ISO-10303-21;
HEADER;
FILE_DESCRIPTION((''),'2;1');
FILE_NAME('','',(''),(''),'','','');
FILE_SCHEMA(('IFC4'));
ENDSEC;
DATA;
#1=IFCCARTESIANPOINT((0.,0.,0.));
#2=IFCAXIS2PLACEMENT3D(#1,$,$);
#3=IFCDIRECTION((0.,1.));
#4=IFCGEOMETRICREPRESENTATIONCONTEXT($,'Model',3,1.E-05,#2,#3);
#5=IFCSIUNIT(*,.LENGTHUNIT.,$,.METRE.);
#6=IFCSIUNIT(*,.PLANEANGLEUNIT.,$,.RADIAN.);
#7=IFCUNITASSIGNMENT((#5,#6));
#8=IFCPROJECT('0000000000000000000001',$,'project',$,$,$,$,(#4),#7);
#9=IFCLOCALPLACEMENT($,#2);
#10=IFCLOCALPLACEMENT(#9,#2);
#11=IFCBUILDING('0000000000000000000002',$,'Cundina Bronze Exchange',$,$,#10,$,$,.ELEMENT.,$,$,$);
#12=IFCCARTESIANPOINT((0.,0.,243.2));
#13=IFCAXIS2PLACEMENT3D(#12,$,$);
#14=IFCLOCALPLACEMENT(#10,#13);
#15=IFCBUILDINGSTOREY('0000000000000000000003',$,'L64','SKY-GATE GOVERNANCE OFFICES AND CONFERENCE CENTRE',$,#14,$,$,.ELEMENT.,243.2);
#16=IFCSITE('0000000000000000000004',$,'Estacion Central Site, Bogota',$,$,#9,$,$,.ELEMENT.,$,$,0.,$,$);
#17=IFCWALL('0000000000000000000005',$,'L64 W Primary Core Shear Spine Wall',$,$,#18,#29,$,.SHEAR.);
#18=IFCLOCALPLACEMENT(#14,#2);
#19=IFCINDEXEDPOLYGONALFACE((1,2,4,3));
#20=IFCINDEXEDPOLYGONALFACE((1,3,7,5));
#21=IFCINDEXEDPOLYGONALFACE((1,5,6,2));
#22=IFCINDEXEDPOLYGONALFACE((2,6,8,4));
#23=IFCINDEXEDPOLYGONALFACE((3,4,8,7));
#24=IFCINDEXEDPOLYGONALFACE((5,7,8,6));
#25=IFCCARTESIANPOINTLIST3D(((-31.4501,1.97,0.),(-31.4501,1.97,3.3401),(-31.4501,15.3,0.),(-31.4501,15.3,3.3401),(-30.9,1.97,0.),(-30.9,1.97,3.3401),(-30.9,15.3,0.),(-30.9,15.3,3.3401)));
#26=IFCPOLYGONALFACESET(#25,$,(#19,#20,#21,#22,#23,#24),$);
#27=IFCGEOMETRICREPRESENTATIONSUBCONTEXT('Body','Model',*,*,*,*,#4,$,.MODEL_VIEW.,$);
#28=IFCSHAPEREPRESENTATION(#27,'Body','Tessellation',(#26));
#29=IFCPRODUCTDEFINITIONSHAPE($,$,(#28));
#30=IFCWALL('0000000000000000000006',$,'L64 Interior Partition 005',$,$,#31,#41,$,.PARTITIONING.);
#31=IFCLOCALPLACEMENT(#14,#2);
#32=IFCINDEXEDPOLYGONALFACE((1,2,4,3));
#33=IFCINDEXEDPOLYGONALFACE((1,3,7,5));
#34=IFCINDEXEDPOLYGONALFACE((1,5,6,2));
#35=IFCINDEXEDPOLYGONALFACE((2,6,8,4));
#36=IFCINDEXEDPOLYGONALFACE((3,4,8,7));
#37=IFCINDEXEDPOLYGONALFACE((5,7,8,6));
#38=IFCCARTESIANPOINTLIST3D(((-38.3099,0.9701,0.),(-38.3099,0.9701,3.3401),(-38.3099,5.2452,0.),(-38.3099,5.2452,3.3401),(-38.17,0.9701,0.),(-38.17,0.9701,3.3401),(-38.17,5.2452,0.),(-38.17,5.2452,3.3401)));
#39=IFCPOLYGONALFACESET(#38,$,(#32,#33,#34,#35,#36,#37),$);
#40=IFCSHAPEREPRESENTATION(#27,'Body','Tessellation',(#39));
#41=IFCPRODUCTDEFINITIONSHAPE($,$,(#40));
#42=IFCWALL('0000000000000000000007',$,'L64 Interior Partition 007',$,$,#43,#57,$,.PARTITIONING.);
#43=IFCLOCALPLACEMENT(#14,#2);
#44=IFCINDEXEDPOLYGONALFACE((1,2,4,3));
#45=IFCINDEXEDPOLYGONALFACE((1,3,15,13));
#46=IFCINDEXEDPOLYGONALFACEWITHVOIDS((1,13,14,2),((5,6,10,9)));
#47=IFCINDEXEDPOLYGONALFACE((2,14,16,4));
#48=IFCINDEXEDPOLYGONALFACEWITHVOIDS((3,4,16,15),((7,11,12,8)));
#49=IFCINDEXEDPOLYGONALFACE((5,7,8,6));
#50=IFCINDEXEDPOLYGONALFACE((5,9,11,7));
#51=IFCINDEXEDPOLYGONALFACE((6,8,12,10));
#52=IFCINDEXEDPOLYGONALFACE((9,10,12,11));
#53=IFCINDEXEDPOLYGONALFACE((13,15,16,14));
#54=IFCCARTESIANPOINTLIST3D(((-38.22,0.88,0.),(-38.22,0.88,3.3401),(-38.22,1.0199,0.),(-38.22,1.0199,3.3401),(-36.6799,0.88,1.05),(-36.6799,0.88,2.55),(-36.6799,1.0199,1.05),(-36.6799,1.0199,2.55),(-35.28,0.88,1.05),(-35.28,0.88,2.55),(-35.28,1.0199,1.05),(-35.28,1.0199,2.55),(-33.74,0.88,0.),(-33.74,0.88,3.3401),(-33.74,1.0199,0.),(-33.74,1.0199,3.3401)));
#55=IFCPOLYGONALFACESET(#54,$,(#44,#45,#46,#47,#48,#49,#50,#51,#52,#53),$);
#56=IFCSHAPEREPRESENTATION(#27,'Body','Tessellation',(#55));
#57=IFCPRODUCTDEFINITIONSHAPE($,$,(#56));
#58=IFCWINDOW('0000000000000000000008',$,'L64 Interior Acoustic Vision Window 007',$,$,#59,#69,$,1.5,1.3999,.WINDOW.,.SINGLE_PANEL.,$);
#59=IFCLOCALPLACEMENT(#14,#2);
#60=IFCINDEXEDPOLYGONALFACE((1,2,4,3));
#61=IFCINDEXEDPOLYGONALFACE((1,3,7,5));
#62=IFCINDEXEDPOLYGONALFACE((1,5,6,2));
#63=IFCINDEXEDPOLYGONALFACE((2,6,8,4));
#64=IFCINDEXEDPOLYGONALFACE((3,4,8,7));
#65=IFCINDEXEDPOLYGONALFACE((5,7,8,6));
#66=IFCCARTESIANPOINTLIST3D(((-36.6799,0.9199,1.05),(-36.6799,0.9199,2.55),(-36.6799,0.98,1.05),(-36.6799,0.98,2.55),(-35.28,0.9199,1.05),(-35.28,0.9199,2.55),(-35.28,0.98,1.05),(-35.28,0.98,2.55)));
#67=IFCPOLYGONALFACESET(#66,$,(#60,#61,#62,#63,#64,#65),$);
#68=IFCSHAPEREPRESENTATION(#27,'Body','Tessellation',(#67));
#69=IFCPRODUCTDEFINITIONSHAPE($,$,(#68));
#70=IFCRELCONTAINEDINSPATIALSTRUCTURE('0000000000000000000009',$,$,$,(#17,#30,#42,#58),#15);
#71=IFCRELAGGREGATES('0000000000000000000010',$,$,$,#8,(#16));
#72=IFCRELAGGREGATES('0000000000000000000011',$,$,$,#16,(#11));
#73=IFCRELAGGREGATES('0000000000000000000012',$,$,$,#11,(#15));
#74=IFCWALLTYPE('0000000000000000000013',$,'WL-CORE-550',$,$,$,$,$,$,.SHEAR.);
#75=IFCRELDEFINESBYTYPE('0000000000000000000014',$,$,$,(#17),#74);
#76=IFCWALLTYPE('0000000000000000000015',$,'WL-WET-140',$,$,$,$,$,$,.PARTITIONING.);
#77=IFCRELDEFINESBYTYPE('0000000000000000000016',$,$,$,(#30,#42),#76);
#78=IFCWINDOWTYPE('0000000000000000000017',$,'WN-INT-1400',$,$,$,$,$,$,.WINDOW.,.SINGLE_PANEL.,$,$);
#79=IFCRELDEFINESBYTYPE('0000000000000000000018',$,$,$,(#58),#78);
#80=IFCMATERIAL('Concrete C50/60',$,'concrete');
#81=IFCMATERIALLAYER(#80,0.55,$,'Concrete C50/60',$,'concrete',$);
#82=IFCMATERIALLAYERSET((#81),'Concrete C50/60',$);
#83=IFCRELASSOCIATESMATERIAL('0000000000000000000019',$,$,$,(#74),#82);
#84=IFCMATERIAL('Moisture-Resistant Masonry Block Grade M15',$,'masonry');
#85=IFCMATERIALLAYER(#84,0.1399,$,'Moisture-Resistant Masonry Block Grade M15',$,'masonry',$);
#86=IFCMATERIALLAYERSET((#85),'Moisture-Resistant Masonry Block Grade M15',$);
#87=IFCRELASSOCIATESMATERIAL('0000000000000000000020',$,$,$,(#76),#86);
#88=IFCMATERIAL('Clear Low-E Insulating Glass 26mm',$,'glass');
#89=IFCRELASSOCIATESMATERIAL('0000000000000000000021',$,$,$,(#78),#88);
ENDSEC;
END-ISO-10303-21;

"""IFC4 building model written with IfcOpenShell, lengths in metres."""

from ifc_helpers import new_model, si_unit, direction, frame, frame_2d, origin, place, context, subcontext, project, spatial, rectangle, extrude, material, layer, layer_set, type_object, element, fill, save


model = new_model("IFC4")

# Units and contexts
model_context = context("Model", 3, precision=1e-05, world=origin(), true_north=direction((0.0, 1.0)))
body_context = subcontext(model_context, "Body", "Model", "MODEL_VIEW")
ifc_project = project(units=[si_unit("LENGTHUNIT", "METRE"), si_unit("PLANEANGLEUNIT", "RADIAN")], contexts=[model_context])

# Site, building, storey
site_placement = place(None, origin())
site = spatial("IfcSite", under=ifc_project, at=site_placement, Name="Estacion Central Site, Bogota", CompositionType="ELEMENT", RefElevation=0.0)
building_placement = place(site_placement, origin())
building = spatial("IfcBuilding", under=site, at=building_placement, Name="Cundina Bronze Exchange", CompositionType="ELEMENT")
storey_placement = place(building_placement, frame((0.0, 0.0, 243.2)))
storey = spatial("IfcBuildingStorey", under=building, at=storey_placement, Name="L64", Description="SKY-GATE GOVERNANCE OFFICES AND CONFERENCE CENTRE", CompositionType="ELEMENT", Elevation=243.2)

# Shared definitions
ifc_material_1 = material(Name="Concrete C50/60", Category="concrete")

# Walls
ifc_layer_1 = layer(ifc_material_1, 0.55, Name="Concrete C50/60", Category="concrete")
ifc_layer_set_1 = layer_set([ifc_layer_1], Name="Concrete C50/60")
wall_type_1 = type_object("IfcWallType", Name="WL-CORE-550", PredefinedType="SHEAR", material=ifc_layer_set_1)
wall_1_placement = place(storey_placement, frame((-31.175, 1.97, 0.0), z_axis=(0.0, 0.0, 1.0), x_axis=(0.0, 1.0, 0.0)))
element("IfcWall", 1, at=wall_1_placement, inside=storey, type_object=wall_type_1, Name="L64 W Primary Core Shear Spine Wall", PredefinedType="SHEAR", context=body_context, shape_type="SweptSolid", body=[
    extrude(rectangle(XDim=13.3301, YDim=0.55, at=frame_2d((6.665, 0.0))), origin(), (0.0, 0.0, 1.0), 3.3401),
])
ifc_material_2 = material(Name="Moisture-Resistant Masonry Block Grade M15", Category="masonry")
ifc_layer_2 = layer(ifc_material_2, 0.1399, Name="Moisture-Resistant Masonry Block Grade M15", Category="masonry")
ifc_layer_set_2 = layer_set([ifc_layer_2], Name="Moisture-Resistant Masonry Block Grade M15")
wall_type_2 = type_object("IfcWallType", Name="WL-WET-140", PredefinedType="PARTITIONING", material=ifc_layer_set_2)
wall_2_placement = place(storey_placement, frame((-38.24, 0.97, 0.0), z_axis=(0.0, 0.0, 1.0), x_axis=(0.0, 1.0, 0.0)))
element("IfcWall", 2, at=wall_2_placement, inside=storey, type_object=wall_type_2, Name="L64 Interior Partition 005", PredefinedType="PARTITIONING", context=body_context, shape_type="SweptSolid", body=[
    extrude(rectangle(XDim=4.2751, YDim=0.1399, at=frame_2d((2.1377, 0.0))), origin(), (0.0, 0.0, 1.0), 3.3401),
])

# Wall, opening, window
wall_3_placement = place(storey_placement, frame((-38.22, 0.95, 0.0), z_axis=(0.0, 0.0, 1.0), x_axis=(1.0, 0.0, 0.0)))
wall_3 = element("IfcWall", 3, at=wall_3_placement, inside=storey, type_object=wall_type_2, Name="L64 Interior Partition 007", PredefinedType="PARTITIONING", context=body_context, shape_type="SweptSolid", body=[
    extrude(rectangle(XDim=4.48, YDim=0.1399, at=frame_2d((2.24, 0.0))), origin(), (0.0, 0.0, 1.0), 3.3401),
])
opening_1_placement = place(wall_3_placement, frame((1.54, 0.0, 1.05)))
opening_1 = element("IfcOpeningElement", 4, at=opening_1_placement, cuts=wall_3, PredefinedType="OPENING", context=body_context, shape_type="SweptSolid", body=[
    extrude(rectangle(XDim=1.3999, YDim=1.5, at=frame_2d((0.7, 0.75))), frame((0.0, 0.0798, 0.0), z_axis=(0.0, -1.0, 0.0), x_axis=(1.0, 0.0, 0.0)), (0.0, 0.0, 1.0), 0.1599),
])
ifc_material_3 = material(Name="Clear Low-E Insulating Glass 26mm", Category="glass")
window_type = type_object("IfcWindowType", Name="WN-INT-1400", PartitioningType="SINGLE_PANEL", PredefinedType="WINDOW", material=ifc_material_3)
window_placement = place(opening_1_placement, origin())
window = element("IfcWindow", 5, at=window_placement, inside=storey, type_object=window_type, Name="L64 Interior Acoustic Vision Window 007", OverallHeight=1.5, OverallWidth=1.3999, PartitioningType="SINGLE_PANEL", PredefinedType="WINDOW", context=body_context, shape_type="SweptSolid", body=[
    extrude(rectangle(XDim=1.3999, YDim=1.5, at=frame_2d((0.7, 0.75))), frame((0.0, 0.03, 0.0), z_axis=(0.0, -1.0, 0.0), x_axis=(1.0, 0.0, 0.0)), (0.0, 0.0, 1.0), 0.0601),
])
fill(opening_1, window)

save(model, "model.ifc")
